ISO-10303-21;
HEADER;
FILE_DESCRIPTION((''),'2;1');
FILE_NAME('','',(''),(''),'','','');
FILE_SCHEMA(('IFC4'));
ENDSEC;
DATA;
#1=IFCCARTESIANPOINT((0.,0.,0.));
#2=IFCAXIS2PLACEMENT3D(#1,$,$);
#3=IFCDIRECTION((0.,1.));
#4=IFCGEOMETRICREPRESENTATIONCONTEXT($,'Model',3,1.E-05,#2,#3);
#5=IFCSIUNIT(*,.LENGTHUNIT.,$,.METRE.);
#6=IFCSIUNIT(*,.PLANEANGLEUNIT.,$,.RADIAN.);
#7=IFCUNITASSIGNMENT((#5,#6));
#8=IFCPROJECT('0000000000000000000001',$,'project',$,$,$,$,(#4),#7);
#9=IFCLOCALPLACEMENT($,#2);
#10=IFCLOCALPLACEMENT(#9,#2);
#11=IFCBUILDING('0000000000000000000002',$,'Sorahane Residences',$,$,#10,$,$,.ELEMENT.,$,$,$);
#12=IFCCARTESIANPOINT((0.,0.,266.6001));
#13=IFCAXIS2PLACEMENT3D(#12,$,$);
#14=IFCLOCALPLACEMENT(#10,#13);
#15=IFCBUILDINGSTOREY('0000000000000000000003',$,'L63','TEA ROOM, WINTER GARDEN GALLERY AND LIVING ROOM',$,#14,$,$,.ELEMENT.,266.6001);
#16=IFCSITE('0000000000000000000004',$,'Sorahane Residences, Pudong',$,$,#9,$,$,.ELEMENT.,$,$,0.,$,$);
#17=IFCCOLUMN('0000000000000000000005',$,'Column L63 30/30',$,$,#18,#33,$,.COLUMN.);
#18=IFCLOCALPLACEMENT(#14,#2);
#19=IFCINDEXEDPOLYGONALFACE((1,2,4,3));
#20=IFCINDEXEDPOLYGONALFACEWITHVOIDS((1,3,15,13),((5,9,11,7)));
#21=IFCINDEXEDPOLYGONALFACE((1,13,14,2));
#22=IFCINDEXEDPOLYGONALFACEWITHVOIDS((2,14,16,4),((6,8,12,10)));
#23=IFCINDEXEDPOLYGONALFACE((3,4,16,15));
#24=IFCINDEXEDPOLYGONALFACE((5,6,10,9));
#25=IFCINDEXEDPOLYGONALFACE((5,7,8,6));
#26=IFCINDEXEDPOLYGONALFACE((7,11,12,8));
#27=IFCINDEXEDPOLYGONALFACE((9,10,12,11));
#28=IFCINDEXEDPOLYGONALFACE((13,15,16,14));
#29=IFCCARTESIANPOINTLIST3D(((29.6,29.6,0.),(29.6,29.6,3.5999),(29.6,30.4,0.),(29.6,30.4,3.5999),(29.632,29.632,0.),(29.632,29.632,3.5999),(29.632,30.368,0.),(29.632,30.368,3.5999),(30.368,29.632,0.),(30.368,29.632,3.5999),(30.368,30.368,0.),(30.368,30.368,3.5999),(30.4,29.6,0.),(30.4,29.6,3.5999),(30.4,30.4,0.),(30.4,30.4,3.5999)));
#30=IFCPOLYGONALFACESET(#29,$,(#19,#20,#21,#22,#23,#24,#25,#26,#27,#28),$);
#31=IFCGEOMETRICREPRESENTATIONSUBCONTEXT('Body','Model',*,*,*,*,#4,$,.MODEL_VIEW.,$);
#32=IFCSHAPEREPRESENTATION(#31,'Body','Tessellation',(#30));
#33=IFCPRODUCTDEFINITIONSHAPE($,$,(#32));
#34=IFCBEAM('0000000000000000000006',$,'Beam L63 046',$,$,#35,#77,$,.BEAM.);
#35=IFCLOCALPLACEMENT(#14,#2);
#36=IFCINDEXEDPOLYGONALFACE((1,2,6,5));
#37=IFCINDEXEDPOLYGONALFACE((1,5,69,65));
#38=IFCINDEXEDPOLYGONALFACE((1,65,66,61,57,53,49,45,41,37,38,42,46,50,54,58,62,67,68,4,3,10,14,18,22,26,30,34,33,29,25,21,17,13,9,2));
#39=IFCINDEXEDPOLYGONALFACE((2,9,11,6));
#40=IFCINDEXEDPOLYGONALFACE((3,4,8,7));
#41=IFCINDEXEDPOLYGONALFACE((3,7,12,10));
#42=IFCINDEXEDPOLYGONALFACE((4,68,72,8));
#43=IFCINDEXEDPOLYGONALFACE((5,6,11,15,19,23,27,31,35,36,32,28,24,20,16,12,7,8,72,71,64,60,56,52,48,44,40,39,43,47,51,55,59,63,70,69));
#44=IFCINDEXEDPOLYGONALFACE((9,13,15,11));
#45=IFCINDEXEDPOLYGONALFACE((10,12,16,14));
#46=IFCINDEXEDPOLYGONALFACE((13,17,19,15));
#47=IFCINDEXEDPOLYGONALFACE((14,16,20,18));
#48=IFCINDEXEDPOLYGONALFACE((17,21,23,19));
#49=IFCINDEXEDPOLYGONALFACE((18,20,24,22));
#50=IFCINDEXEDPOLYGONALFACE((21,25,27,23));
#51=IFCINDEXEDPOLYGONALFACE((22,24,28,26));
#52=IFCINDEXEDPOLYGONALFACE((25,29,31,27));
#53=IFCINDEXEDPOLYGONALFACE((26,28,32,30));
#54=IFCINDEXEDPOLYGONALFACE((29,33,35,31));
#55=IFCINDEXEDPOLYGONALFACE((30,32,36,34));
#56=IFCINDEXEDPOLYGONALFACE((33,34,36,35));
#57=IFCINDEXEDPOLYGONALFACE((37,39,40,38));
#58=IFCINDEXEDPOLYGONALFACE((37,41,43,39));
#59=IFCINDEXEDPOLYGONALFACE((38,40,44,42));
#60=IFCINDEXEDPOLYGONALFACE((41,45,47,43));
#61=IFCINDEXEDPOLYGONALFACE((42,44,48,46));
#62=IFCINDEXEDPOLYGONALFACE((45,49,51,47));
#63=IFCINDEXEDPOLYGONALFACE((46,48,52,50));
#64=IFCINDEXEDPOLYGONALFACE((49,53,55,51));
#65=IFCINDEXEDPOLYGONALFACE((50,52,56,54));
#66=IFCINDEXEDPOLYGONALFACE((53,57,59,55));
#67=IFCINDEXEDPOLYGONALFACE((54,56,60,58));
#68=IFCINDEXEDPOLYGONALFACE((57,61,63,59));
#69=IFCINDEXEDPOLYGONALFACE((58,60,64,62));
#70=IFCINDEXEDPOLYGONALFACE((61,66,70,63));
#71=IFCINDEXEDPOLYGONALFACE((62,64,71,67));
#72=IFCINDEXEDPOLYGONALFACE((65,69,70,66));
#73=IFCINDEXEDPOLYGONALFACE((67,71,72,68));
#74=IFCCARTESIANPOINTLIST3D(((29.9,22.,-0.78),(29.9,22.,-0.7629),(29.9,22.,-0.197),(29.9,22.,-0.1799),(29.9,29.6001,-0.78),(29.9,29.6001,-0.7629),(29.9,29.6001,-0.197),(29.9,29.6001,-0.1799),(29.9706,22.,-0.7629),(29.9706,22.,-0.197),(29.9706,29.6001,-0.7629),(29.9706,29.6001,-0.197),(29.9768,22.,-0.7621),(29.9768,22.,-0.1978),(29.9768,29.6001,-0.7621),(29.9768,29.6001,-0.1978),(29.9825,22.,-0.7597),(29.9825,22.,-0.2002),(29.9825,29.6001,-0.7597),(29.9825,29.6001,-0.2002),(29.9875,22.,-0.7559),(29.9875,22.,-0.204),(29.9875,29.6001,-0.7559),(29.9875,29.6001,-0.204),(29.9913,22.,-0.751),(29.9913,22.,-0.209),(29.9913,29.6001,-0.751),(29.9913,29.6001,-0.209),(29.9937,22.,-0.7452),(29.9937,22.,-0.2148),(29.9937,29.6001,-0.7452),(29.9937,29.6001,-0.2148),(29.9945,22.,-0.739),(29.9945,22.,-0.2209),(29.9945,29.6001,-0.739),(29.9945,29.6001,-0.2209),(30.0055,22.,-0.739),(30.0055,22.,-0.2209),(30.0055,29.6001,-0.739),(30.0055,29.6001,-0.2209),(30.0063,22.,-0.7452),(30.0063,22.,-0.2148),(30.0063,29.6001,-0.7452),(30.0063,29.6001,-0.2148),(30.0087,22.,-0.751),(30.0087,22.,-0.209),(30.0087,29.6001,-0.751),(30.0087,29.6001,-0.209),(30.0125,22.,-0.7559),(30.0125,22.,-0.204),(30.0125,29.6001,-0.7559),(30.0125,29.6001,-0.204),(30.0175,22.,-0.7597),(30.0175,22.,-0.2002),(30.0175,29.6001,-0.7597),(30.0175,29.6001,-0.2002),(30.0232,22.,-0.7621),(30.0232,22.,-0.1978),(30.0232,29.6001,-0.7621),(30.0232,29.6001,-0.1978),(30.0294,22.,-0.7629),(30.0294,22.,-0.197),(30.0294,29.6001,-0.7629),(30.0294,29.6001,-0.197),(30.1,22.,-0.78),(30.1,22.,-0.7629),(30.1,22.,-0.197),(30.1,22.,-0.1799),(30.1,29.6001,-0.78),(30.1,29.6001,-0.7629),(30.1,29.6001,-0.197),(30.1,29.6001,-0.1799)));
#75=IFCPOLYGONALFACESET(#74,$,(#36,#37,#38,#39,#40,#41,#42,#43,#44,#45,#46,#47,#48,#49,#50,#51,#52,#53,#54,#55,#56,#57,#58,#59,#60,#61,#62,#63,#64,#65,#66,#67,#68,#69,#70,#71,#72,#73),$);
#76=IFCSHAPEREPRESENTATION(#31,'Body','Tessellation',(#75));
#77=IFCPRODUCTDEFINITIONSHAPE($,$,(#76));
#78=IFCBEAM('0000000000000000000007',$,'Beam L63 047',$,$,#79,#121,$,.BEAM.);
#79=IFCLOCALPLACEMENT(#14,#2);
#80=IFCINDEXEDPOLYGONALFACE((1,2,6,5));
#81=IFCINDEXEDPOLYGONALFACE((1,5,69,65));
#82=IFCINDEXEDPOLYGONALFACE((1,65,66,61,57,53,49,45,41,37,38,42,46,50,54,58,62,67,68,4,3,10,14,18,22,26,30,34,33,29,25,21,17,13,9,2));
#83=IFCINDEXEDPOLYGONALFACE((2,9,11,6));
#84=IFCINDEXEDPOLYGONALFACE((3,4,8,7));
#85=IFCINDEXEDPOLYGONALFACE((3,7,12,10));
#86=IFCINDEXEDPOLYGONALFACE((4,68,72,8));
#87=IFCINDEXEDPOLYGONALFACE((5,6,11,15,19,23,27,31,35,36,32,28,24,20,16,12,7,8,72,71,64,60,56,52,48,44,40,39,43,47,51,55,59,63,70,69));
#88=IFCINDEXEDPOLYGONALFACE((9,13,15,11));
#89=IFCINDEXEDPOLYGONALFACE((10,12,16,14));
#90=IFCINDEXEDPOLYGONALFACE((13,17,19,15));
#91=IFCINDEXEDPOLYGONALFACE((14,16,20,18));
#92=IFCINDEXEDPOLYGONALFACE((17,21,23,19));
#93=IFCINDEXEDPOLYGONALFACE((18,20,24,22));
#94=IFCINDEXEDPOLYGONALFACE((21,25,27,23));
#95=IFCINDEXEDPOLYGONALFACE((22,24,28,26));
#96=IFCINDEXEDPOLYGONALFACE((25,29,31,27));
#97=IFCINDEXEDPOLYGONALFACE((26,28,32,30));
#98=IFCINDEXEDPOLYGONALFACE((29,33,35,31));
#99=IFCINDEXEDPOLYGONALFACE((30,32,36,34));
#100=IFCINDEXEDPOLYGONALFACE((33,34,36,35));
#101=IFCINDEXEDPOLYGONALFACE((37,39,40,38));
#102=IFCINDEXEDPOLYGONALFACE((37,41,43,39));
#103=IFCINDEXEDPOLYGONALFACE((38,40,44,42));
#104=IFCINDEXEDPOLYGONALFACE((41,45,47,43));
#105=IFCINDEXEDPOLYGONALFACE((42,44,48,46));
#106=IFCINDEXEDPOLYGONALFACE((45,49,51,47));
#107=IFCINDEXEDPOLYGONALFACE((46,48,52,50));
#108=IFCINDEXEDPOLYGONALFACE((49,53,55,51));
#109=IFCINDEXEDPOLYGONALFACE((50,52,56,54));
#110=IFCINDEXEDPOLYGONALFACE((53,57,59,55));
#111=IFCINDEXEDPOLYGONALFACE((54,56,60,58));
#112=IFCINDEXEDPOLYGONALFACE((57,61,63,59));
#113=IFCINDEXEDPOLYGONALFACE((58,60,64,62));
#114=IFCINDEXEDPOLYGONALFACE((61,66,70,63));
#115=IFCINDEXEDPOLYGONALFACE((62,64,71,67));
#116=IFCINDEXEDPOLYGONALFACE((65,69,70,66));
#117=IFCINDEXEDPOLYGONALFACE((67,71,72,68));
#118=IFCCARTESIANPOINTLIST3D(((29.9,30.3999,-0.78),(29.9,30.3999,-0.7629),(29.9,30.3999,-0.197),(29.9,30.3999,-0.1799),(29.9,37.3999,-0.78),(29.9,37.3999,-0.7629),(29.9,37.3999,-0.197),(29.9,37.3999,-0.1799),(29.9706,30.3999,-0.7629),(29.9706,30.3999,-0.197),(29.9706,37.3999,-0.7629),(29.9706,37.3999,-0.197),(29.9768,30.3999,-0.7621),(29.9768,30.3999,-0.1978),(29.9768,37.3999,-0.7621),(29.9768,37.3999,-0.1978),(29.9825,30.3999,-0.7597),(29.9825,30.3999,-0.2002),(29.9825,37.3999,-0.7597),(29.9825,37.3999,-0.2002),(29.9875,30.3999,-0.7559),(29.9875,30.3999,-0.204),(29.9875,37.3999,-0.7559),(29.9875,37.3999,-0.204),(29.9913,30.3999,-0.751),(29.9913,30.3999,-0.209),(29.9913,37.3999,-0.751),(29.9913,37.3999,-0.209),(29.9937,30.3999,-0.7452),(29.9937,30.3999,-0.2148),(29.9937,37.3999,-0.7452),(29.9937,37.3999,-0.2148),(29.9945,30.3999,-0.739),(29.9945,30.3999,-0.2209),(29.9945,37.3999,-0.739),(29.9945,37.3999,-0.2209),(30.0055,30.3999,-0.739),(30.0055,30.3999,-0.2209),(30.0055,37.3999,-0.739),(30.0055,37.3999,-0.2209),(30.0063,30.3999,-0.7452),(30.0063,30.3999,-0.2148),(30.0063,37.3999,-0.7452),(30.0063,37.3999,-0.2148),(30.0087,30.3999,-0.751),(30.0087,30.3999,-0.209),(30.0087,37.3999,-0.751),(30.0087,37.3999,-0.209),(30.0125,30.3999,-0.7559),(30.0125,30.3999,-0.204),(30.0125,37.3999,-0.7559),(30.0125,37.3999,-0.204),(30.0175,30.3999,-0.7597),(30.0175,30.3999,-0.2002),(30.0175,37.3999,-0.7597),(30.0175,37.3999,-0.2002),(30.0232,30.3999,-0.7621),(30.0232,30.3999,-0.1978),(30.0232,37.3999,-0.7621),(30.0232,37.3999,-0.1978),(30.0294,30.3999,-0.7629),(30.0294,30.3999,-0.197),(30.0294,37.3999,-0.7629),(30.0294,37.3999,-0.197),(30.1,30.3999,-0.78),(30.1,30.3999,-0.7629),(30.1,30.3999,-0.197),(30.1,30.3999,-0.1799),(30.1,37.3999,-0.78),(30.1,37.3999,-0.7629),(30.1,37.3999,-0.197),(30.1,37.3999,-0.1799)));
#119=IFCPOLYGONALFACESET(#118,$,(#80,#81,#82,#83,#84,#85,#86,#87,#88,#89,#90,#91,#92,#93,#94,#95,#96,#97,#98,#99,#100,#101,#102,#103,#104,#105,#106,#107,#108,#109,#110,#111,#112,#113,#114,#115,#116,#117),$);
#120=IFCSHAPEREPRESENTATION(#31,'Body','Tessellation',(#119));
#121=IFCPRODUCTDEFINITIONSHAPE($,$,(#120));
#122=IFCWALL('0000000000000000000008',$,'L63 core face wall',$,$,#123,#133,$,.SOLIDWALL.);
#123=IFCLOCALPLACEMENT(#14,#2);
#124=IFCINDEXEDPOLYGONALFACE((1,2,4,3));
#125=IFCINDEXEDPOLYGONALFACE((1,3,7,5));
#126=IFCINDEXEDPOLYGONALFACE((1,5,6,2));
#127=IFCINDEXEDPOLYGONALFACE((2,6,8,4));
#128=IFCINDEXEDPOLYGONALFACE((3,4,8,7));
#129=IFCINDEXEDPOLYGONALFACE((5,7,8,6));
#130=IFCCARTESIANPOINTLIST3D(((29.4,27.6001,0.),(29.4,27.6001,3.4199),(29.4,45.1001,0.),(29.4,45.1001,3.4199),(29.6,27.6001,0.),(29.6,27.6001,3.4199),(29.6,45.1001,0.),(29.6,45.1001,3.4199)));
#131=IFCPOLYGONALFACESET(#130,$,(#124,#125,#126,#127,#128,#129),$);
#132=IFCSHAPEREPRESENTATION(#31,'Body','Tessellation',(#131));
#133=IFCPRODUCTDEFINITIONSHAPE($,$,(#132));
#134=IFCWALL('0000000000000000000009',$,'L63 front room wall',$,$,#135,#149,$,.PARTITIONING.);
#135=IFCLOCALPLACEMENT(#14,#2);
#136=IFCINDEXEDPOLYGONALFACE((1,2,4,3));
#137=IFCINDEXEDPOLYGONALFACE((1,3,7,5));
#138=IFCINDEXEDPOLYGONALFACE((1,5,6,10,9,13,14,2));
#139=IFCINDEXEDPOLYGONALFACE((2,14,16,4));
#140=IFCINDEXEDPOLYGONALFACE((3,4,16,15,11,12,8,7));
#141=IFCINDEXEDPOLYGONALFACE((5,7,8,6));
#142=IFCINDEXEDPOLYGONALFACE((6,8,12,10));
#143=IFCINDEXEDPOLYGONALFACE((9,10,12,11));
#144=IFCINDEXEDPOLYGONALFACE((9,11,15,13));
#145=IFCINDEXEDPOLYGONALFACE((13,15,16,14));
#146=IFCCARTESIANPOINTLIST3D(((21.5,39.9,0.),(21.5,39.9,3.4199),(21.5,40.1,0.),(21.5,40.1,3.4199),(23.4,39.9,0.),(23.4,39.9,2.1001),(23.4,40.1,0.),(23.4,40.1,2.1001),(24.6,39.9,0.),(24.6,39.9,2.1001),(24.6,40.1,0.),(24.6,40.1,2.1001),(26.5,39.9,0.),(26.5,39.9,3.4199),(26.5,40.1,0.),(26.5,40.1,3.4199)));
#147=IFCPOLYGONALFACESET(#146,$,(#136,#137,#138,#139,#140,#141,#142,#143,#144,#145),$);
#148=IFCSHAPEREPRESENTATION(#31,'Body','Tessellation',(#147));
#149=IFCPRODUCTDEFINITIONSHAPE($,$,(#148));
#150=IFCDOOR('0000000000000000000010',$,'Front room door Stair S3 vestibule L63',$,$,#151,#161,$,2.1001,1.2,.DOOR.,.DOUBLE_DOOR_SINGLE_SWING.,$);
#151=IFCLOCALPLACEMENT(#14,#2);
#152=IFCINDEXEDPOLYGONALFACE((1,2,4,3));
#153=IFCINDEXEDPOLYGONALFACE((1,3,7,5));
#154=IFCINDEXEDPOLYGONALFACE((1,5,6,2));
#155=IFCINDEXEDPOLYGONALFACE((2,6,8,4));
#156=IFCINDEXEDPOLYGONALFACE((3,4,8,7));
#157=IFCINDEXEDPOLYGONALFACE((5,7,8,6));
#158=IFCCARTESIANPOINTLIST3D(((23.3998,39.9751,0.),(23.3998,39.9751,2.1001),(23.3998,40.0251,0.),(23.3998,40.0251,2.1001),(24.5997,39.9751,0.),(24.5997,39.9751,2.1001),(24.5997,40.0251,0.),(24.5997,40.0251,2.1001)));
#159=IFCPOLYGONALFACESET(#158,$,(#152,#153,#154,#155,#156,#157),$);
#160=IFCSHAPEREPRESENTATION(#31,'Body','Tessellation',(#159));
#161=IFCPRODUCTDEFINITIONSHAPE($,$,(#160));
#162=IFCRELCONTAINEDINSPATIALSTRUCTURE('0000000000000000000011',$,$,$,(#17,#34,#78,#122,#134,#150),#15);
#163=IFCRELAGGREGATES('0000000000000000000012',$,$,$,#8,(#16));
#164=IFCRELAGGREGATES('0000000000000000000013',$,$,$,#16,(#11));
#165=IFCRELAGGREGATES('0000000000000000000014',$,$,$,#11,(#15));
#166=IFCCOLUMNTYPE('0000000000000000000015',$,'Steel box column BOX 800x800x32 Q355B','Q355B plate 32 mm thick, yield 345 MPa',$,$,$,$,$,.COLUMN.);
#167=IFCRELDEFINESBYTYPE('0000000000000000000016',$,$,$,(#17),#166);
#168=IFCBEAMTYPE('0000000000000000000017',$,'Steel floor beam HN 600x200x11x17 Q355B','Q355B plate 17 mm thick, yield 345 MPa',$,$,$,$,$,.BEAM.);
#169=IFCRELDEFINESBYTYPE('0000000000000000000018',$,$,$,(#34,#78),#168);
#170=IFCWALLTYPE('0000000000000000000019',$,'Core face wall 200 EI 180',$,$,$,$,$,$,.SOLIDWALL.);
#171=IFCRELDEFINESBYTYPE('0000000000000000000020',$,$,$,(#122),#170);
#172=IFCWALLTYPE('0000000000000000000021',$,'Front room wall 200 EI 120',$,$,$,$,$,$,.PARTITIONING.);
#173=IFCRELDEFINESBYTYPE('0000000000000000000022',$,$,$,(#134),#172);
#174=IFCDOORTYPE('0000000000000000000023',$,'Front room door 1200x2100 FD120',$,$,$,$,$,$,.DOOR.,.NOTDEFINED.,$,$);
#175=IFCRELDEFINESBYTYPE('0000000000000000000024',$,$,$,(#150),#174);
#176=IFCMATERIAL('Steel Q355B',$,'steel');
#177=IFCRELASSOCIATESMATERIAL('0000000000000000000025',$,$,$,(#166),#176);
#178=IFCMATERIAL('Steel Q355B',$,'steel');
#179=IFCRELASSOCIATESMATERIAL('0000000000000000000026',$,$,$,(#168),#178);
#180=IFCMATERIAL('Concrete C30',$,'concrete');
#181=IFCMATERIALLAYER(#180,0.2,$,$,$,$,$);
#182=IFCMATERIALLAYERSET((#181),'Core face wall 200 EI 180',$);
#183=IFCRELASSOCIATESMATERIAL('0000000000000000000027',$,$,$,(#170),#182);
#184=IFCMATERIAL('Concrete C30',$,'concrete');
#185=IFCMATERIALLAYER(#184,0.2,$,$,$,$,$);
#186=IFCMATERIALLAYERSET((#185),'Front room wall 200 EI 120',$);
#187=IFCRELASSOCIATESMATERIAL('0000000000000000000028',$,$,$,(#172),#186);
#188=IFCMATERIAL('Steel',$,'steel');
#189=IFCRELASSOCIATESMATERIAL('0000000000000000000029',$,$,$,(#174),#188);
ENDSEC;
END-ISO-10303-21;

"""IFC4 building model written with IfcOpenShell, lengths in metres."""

from ifc_helpers import new_model, si_unit, direction, frame, frame_2d, origin, origin_2d, place, context, subcontext, project, spatial, rectangle, hollow_rectangle, i_section, extrude, material, layer, layer_set, material_profile, profile_set, type_object, element, fill, save


model = new_model("IFC4")

# Units and contexts
model_context = context("Model", 3, precision=1e-05, world=origin(), true_north=direction((0.0, 1.0)))
body_context = subcontext(model_context, "Body", "Model", "MODEL_VIEW")
ifc_project = project(units=[si_unit("LENGTHUNIT", "METRE"), si_unit("PLANEANGLEUNIT", "RADIAN")], contexts=[model_context])

# Site, building, storey
site_placement = place(None, origin())
site = spatial("IfcSite", under=ifc_project, at=site_placement, Name="Sorahane Residences, Pudong", CompositionType="ELEMENT", RefElevation=0.0)
building_placement = place(site_placement, origin())
building = spatial("IfcBuilding", under=site, at=building_placement, Name="Sorahane Residences", CompositionType="ELEMENT")
storey_placement = place(building_placement, frame((0.0, 0.0, 266.6001)))
storey = spatial("IfcBuildingStorey", under=building, at=storey_placement, Name="L63", Description="TEA ROOM, WINTER GARDEN GALLERY AND LIVING ROOM", CompositionType="ELEMENT", Elevation=266.6001)

# Column
ifc_material_1 = material(Name="Steel Q355B", Category="steel")
ifc_material_profile_1 = material_profile(ifc_material_1, hollow_rectangle(XDim=0.8, YDim=0.8, WallThickness=0.032, at=origin_2d()), Name="BOX 800x800x32")
ifc_profile_set_1 = profile_set([ifc_material_profile_1], Name="Steel Q355B")
column_type = type_object("IfcColumnType", Name="Steel box column BOX 800x800x32 Q355B", Description="Q355B plate 32 mm thick, yield 345 MPa", PredefinedType="COLUMN", material=ifc_profile_set_1)
column_placement = place(storey_placement, frame((30.0, 30.0, 0.0), z_axis=(0.0, 0.0, 1.0), x_axis=(1.0, 0.0, 0.0)))
element("IfcColumn", 1, at=column_placement, inside=storey, type_object=column_type, Name="Column L63 30/30", PredefinedType="COLUMN", context=body_context, shape_type="SweptSolid", body=[
    extrude(hollow_rectangle(XDim=0.8, YDim=0.8, WallThickness=0.032, at=origin_2d()), origin(), (0.0, 0.0, 1.0), 3.5999),
])

# Beams
ifc_material_2 = material(Name="Steel Q355B", Category="steel")
ifc_material_profile_2 = material_profile(ifc_material_2, i_section(OverallWidth=0.2, OverallDepth=0.6001, WebThickness=0.011, FlangeThickness=0.0171, FilletRadius=0.0239, at=origin_2d()), Name="HN 600x200x11x17")
ifc_profile_set_2 = profile_set([ifc_material_profile_2], Name="Steel Q355B")
beam_type = type_object("IfcBeamType", Name="Steel floor beam HN 600x200x11x17 Q355B", Description="Q355B plate 17 mm thick, yield 345 MPa", PredefinedType="BEAM", material=ifc_profile_set_2)
beam_1_placement = place(storey_placement, frame((30.0, 22.0, -0.48), z_axis=(0.0, 1.0, 0.0), x_axis=(-1.0, 0.0, 0.0)))
element("IfcBeam", 2, at=beam_1_placement, inside=storey, type_object=beam_type, Name="Beam L63 046", PredefinedType="BEAM", context=body_context, shape_type="SweptSolid", body=[
    extrude(i_section(OverallWidth=0.2, OverallDepth=0.6001, WebThickness=0.011, FlangeThickness=0.0171, FilletRadius=0.0239, at=origin_2d()), origin(), (0.0, 0.0, 1.0), 7.6001),
])
beam_2_placement = place(storey_placement, frame((30.0, 30.3999, -0.48), z_axis=(0.0, 1.0, 0.0), x_axis=(-1.0, 0.0, 0.0)))
element("IfcBeam", 3, at=beam_2_placement, inside=storey, type_object=beam_type, Name="Beam L63 047", PredefinedType="BEAM", context=body_context, shape_type="SweptSolid", body=[
    extrude(i_section(OverallWidth=0.2, OverallDepth=0.6001, WebThickness=0.011, FlangeThickness=0.0171, FilletRadius=0.0239, at=origin_2d()), origin(), (0.0, 0.0, 1.0), 7.0),
])

# Wall
ifc_material_3 = material(Name="Concrete C30", Category="concrete")
ifc_layer_1 = layer(ifc_material_3, 0.2)
ifc_layer_set_1 = layer_set([ifc_layer_1], Name="Core face wall 200 EI 180")
wall_type_1 = type_object("IfcWallType", Name="Core face wall 200 EI 180", PredefinedType="SOLIDWALL", material=ifc_layer_set_1)
wall_1_placement = place(storey_placement, frame((29.5, 27.6001, 0.0), z_axis=(0.0, 0.0, 1.0), x_axis=(0.0, 1.0, 0.0)))
element("IfcWall", 4, at=wall_1_placement, inside=storey, type_object=wall_type_1, Name="L63 core face wall", PredefinedType="SOLIDWALL", context=body_context, shape_type="SweptSolid", body=[
    extrude(rectangle(XDim=17.5, YDim=0.2, at=frame_2d((8.75, 0.0))), origin(), (0.0, 0.0, 1.0), 3.4199),
])

# Wall, opening, door
ifc_material_4 = material(Name="Concrete C30", Category="concrete")
ifc_layer_2 = layer(ifc_material_4, 0.2)
ifc_layer_set_2 = layer_set([ifc_layer_2], Name="Front room wall 200 EI 120")
wall_type_2 = type_object("IfcWallType", Name="Front room wall 200 EI 120", PredefinedType="PARTITIONING", material=ifc_layer_set_2)
wall_2_placement = place(storey_placement, frame((21.5, 40.0, 0.0), z_axis=(0.0, 0.0, 1.0), x_axis=(1.0, 0.0, 0.0)))
wall_2 = element("IfcWall", 5, at=wall_2_placement, inside=storey, type_object=wall_type_2, Name="L63 front room wall", PredefinedType="PARTITIONING", context=body_context, shape_type="SweptSolid", body=[
    extrude(rectangle(XDim=5.0, YDim=0.2, at=frame_2d((2.5, 0.0))), origin(), (0.0, 0.0, 1.0), 3.4199),
])
opening_1_placement = place(wall_2_placement, frame((1.8999, 0.0, 0.0)))
opening_1 = element("IfcOpeningElement", 6, at=opening_1_placement, cuts=wall_2, PredefinedType="OPENING", context=body_context, shape_type="SweptSolid", body=[
    extrude(rectangle(XDim=1.2, YDim=2.1001, at=frame_2d((0.6001, 1.05))), frame((0.0, 0.1099, 0.0), z_axis=(0.0, -1.0, 0.0), x_axis=(1.0, 0.0, 0.0)), (0.0, 0.0, 1.0), 0.22),
])
ifc_material_5 = material(Name="Steel", Category="steel")
door_type_1 = type_object("IfcDoorType", Name="Front room door 1200x2100 FD120", OperationType="NOTDEFINED", PredefinedType="DOOR", material=ifc_material_5)
door_1_placement = place(opening_1_placement, frame((1.2, 0.0, 0.0), z_axis=(0.0, 0.0, 1.0), x_axis=(-1.0, 0.0, 0.0)))
door_1 = element("IfcDoor", 7, at=door_1_placement, inside=storey, type_object=door_type_1, Name="Front room door Stair S3 vestibule L63", OperationType="DOUBLE_DOOR_SINGLE_SWING", OverallHeight=2.1001, OverallWidth=1.2, PredefinedType="DOOR", context=body_context, shape_type="SweptSolid", body=[
    extrude(rectangle(XDim=1.2, YDim=2.1001, at=frame_2d((0.6001, 1.05))), frame((0.0, 0.0249, 0.0), z_axis=(0.0, -1.0, 0.0), x_axis=(1.0, 0.0, 0.0)), (0.0, 0.0, 1.0), 0.05),
])
fill(opening_1, door_1)

save(model, "model.ifc")
